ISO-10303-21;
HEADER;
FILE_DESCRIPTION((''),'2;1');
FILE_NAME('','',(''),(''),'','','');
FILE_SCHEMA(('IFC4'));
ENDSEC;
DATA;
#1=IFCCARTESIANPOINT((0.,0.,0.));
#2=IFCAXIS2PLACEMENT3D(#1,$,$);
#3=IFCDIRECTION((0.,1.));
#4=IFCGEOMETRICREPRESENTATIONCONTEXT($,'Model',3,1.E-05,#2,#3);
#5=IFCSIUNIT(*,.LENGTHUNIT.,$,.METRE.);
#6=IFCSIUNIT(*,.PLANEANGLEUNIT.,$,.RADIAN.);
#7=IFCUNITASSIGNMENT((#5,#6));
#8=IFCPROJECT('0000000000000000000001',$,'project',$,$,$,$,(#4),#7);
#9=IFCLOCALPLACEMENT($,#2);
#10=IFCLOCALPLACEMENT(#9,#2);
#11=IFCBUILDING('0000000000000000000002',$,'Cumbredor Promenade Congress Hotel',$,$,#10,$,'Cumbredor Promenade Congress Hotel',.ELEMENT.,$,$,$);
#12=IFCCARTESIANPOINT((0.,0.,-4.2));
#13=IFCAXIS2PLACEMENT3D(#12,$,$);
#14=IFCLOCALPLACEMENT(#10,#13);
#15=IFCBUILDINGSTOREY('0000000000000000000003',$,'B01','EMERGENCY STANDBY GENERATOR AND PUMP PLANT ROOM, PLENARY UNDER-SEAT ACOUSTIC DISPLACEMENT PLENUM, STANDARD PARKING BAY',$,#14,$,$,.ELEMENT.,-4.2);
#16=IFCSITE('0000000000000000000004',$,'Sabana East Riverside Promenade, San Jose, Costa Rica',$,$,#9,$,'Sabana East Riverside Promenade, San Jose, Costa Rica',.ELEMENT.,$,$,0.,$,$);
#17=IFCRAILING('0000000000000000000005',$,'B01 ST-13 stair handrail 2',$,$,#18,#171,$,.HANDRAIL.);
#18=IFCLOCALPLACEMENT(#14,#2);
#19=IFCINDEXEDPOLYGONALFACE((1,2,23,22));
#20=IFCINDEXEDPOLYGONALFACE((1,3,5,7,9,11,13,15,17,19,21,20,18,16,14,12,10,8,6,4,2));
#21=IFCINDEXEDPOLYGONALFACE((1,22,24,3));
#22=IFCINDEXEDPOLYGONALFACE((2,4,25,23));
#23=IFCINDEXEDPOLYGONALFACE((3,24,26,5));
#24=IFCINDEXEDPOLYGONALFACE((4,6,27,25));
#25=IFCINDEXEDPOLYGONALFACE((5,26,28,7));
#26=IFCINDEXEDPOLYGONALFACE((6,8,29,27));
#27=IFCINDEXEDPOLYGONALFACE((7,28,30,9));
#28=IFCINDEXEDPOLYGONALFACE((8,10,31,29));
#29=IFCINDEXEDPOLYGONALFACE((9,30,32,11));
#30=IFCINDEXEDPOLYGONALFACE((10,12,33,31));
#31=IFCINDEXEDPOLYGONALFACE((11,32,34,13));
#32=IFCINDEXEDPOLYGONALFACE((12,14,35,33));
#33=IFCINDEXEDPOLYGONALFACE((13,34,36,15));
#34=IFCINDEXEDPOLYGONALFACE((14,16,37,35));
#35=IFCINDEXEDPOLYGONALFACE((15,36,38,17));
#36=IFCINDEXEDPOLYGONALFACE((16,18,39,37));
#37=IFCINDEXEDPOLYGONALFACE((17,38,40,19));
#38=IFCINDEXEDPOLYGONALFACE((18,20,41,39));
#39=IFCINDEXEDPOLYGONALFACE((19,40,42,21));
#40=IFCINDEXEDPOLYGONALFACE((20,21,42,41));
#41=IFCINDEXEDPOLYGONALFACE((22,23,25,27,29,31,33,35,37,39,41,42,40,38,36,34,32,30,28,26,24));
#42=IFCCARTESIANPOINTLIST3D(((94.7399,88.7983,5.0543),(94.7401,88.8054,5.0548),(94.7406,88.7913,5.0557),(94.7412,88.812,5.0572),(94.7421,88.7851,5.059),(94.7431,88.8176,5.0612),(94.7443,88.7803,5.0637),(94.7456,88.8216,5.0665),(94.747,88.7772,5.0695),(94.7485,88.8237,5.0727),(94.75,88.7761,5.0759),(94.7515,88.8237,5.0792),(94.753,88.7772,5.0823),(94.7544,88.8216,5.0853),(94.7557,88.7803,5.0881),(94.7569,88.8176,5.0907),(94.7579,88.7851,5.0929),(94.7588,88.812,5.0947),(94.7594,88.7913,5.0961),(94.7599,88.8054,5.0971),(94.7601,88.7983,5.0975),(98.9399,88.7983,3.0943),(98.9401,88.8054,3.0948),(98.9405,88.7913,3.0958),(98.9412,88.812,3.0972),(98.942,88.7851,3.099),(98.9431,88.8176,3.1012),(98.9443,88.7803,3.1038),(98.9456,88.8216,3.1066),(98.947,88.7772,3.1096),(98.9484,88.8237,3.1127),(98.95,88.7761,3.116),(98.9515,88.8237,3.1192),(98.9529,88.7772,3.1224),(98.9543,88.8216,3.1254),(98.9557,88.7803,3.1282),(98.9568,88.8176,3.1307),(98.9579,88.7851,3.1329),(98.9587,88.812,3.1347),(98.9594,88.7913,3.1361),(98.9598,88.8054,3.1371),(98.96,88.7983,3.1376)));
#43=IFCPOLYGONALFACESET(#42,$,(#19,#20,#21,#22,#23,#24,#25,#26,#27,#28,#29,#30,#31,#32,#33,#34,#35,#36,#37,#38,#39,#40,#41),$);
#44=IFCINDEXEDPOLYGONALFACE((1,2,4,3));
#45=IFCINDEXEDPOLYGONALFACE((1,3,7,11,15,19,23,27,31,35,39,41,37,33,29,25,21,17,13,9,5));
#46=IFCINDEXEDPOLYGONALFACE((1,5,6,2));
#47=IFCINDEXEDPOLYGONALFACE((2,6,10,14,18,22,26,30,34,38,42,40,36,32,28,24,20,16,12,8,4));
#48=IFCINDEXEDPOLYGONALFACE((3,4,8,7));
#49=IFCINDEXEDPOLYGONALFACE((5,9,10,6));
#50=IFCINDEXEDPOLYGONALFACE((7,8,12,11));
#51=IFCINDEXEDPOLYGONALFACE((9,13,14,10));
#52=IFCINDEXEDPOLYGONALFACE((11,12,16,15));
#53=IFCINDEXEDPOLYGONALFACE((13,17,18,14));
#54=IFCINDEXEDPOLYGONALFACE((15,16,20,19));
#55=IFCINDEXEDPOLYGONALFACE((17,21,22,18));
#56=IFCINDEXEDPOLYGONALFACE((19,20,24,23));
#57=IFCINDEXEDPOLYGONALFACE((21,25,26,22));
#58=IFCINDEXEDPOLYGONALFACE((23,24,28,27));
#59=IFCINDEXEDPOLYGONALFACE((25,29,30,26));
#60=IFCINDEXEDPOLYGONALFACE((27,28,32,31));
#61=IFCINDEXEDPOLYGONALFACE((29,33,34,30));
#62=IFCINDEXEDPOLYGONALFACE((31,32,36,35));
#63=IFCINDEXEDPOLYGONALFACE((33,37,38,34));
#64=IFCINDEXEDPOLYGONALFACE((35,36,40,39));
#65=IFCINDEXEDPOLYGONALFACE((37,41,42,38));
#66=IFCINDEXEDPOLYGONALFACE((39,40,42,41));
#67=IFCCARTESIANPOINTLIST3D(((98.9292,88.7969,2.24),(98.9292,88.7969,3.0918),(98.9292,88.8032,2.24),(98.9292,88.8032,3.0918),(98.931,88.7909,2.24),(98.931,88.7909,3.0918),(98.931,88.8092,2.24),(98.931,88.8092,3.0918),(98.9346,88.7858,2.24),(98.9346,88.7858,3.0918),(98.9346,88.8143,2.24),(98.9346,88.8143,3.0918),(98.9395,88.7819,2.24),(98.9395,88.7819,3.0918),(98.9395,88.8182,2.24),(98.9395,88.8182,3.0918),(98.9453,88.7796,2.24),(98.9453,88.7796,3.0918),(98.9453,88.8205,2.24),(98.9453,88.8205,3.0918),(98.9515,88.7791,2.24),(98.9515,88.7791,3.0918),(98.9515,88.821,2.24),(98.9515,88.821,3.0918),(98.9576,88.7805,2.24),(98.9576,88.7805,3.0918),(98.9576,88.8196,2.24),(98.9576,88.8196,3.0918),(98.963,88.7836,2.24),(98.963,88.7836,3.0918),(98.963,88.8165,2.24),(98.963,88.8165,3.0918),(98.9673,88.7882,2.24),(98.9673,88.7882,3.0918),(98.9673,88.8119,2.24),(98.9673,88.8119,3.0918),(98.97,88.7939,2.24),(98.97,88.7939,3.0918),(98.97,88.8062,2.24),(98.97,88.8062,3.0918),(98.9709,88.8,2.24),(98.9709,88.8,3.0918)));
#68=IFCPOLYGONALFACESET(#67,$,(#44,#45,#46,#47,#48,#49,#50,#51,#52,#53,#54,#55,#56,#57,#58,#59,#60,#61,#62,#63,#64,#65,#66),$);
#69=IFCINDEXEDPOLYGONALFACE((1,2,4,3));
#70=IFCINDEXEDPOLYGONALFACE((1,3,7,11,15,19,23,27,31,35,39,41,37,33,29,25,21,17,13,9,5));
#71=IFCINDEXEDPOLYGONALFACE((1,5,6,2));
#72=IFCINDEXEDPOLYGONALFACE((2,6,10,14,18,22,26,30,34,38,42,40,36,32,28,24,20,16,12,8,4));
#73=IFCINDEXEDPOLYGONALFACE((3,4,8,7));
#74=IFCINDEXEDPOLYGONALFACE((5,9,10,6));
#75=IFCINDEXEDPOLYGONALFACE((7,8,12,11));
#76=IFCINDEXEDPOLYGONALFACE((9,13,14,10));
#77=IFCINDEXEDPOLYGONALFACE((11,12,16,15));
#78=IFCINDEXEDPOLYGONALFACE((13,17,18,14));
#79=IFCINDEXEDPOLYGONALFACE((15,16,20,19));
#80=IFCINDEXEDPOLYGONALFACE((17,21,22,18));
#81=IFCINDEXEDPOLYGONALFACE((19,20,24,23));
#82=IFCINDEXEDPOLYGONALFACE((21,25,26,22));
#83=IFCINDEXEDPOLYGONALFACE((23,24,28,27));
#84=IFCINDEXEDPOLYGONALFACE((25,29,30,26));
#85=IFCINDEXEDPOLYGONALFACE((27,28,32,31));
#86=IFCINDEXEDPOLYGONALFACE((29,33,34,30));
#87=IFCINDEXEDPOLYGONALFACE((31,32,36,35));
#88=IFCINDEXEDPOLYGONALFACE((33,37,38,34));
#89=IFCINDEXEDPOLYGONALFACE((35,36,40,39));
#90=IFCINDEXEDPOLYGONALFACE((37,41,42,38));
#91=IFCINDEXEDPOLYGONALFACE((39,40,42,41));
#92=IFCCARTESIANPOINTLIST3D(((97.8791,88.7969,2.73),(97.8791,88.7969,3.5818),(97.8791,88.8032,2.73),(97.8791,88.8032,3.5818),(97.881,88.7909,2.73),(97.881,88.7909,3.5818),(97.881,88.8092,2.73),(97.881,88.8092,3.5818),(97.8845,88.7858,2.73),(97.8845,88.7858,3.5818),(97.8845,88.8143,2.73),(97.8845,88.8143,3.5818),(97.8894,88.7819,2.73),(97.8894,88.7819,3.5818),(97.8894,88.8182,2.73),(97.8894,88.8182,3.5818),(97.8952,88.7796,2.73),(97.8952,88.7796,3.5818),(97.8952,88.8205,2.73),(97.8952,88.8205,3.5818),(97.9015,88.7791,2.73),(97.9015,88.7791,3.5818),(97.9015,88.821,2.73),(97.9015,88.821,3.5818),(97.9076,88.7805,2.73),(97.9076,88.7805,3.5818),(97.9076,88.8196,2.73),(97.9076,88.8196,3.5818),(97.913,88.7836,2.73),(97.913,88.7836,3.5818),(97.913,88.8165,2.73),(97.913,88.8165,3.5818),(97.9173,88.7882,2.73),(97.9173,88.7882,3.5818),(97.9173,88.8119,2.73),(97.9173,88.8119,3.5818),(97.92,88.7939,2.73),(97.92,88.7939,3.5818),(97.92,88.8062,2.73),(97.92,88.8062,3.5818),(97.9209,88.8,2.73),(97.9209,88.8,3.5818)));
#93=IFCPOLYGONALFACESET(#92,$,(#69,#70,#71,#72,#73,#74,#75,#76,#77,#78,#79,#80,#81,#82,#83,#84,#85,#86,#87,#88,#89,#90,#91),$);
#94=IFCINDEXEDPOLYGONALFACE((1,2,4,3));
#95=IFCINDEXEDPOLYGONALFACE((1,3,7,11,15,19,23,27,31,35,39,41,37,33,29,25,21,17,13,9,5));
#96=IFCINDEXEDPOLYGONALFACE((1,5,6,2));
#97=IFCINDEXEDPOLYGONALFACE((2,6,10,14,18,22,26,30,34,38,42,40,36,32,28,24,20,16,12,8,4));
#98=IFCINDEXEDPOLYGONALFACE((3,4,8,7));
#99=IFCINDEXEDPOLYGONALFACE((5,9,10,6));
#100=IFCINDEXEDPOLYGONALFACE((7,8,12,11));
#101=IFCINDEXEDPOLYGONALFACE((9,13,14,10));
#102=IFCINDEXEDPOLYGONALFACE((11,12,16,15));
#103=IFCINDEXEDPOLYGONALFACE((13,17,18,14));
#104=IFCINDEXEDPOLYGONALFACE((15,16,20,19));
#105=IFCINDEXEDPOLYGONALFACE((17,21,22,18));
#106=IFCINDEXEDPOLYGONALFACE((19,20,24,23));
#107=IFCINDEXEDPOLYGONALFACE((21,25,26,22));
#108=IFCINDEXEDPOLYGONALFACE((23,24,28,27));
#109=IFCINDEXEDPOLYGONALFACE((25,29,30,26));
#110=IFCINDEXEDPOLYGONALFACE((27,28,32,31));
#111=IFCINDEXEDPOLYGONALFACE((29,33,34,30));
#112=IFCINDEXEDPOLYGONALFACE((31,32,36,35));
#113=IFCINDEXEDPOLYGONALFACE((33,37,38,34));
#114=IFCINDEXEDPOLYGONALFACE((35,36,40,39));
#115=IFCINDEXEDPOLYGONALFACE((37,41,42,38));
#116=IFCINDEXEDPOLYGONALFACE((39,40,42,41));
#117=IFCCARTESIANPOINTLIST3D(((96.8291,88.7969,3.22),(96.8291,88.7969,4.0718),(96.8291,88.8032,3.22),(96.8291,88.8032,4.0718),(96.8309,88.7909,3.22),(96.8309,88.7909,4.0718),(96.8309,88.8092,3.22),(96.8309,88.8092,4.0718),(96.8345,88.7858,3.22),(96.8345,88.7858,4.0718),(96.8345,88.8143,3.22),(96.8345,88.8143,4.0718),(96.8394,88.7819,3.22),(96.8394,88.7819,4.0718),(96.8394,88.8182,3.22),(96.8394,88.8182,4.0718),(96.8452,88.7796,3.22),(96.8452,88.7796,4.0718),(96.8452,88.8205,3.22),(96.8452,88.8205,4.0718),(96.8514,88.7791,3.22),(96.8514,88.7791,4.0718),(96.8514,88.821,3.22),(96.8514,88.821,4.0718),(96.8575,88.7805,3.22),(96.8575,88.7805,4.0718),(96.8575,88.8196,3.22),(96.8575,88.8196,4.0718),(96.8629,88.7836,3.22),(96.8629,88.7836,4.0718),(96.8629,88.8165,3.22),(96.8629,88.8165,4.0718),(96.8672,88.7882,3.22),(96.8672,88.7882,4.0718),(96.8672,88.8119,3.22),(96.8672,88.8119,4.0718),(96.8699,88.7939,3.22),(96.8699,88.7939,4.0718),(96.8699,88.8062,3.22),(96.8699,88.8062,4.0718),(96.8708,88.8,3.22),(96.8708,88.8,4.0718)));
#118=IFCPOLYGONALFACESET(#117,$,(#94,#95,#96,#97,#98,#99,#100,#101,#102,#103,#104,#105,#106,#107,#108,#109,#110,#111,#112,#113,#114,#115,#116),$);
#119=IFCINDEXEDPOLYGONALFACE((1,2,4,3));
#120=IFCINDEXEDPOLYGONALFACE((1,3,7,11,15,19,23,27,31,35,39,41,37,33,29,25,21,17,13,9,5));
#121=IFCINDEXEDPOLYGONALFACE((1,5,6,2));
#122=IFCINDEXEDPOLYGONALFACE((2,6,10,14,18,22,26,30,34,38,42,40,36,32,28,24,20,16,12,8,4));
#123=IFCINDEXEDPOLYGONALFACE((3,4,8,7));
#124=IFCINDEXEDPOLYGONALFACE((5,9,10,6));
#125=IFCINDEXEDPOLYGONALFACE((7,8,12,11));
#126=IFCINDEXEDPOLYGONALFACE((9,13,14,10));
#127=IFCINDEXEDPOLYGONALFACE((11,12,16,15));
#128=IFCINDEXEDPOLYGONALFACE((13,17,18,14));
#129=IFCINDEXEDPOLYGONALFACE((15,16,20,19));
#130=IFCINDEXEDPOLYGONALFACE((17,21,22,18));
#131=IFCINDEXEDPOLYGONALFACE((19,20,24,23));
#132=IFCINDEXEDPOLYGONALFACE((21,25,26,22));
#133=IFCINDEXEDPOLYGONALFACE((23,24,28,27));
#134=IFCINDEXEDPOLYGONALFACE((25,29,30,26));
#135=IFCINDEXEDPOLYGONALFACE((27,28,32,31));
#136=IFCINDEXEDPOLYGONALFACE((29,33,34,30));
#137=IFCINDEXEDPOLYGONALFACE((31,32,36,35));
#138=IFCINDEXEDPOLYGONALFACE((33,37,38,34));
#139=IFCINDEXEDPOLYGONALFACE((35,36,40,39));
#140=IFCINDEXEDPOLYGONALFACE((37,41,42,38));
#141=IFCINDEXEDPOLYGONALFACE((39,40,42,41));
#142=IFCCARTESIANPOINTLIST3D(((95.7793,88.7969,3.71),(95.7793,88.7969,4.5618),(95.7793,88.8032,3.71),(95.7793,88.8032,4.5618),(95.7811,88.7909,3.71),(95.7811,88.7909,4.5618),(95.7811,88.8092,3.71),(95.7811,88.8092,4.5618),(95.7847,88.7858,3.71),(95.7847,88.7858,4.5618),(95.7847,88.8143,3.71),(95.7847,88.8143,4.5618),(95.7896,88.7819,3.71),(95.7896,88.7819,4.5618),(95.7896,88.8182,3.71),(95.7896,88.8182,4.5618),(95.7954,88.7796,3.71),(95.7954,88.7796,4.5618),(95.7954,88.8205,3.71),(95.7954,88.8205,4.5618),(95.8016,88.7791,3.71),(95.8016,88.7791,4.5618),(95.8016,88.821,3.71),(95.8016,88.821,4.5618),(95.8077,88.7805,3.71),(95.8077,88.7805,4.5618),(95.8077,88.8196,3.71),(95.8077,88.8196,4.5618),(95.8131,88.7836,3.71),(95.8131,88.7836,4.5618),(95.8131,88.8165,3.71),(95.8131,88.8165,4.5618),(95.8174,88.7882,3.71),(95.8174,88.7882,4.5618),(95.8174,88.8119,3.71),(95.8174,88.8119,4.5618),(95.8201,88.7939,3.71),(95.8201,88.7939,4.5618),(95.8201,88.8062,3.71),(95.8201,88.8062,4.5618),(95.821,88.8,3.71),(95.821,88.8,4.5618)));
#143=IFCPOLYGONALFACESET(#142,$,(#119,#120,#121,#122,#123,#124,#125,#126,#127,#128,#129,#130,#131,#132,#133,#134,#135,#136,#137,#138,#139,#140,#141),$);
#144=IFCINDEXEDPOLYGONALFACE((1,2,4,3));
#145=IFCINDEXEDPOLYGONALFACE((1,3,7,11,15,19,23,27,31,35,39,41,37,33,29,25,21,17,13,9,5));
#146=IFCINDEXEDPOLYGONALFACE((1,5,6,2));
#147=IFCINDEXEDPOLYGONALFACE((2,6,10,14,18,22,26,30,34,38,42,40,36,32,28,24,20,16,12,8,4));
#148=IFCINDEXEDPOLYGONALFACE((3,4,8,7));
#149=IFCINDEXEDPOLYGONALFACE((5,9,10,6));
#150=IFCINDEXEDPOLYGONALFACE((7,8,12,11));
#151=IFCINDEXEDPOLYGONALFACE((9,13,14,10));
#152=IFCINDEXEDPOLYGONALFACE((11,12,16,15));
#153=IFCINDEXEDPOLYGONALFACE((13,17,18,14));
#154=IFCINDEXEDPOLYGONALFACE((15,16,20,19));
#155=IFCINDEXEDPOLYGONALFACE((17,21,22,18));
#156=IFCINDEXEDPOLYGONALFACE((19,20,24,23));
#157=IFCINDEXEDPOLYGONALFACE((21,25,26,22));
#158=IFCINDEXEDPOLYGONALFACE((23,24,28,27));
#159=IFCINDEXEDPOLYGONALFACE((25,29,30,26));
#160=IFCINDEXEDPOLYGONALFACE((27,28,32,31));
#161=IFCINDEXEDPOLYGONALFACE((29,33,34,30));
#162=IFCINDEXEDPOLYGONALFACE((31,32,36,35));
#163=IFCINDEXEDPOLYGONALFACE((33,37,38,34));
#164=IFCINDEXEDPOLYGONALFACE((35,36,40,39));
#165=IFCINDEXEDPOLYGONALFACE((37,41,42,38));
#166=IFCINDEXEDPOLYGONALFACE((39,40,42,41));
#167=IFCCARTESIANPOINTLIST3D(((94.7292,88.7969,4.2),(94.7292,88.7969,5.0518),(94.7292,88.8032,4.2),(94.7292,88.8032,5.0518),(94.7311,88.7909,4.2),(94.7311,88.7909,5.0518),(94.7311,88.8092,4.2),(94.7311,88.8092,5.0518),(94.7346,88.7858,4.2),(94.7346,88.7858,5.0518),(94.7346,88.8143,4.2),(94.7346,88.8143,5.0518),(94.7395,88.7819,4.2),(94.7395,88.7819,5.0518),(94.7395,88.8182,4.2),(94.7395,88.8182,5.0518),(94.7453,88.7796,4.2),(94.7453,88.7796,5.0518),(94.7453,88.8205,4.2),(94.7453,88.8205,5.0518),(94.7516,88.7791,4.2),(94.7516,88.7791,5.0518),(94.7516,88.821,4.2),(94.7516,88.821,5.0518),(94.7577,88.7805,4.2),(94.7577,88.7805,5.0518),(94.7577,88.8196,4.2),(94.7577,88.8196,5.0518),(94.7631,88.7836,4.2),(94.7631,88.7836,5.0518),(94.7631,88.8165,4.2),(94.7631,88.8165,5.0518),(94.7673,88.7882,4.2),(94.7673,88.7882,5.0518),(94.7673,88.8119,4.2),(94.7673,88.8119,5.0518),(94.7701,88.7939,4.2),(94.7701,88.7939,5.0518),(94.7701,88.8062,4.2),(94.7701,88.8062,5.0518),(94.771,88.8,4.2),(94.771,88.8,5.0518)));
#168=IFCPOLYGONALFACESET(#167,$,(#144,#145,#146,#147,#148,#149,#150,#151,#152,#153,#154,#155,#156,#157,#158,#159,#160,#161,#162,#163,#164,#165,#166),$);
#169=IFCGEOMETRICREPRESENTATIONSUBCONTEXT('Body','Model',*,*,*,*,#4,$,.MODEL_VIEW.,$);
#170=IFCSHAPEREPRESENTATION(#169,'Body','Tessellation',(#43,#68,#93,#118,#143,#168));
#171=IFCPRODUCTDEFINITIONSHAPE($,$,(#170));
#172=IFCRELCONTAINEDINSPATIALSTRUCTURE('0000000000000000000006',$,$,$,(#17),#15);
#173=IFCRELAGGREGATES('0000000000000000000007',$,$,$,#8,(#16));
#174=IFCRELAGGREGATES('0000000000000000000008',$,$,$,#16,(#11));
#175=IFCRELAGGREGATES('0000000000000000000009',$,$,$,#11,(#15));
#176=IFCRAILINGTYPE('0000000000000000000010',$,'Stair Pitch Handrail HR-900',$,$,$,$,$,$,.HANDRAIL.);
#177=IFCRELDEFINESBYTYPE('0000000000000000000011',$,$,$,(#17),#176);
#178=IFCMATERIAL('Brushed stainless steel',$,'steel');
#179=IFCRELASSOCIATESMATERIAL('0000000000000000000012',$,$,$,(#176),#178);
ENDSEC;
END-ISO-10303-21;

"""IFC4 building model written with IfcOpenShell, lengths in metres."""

from ifc_helpers import new_model, si_unit, direction, frame, origin, origin_2d, place, context, subcontext, project, spatial, circle, extrude, material, type_object, element, save


model = new_model("IFC4")

# Units and contexts
model_context = context("Model", 3, precision=1e-05, world=origin(), true_north=direction((0.0, 1.0)))
body_context = subcontext(model_context, "Body", "Model", "MODEL_VIEW")
ifc_project = project(units=[si_unit("LENGTHUNIT", "METRE"), si_unit("PLANEANGLEUNIT", "RADIAN")], contexts=[model_context])

# Site, building, storey
site_placement = place(None, origin())
site = spatial("IfcSite", under=ifc_project, at=site_placement, Name="Sabana East Riverside Promenade, San Jose, Costa Rica", LongName="Sabana East Riverside Promenade, San Jose, Costa Rica", CompositionType="ELEMENT", RefElevation=0.0)
building_placement = place(site_placement, origin())
building = spatial("IfcBuilding", under=site, at=building_placement, Name="Cumbredor Promenade Congress Hotel", LongName="Cumbredor Promenade Congress Hotel", CompositionType="ELEMENT")
storey_placement = place(building_placement, frame((0.0, 0.0, -4.2)))
storey = spatial("IfcBuildingStorey", under=building, at=storey_placement, Name="B01", Description="EMERGENCY STANDBY GENERATOR AND PUMP PLANT ROOM, PLENARY UNDER-SEAT ACOUSTIC DISPLACEMENT PLENUM, STANDARD PARKING BAY", CompositionType="ELEMENT", Elevation=-4.2)

# Shared definitions
ifc_material_1 = material(Name="Brushed stainless steel", Category="steel")

# Railing
railing_type_1 = type_object("IfcRailingType", Name="Stair Pitch Handrail HR-900", PredefinedType="HANDRAIL", material=ifc_material_1)
railing_1_placement = place(storey_placement, frame((98.95, 88.8, 2.24)))
element("IfcRailing", 1, at=railing_1_placement, inside=storey, type_object=railing_type_1, Name="B01 ST-13 stair handrail 2", PredefinedType="HANDRAIL", context=body_context, shape_type="SweptSolid", body=[
    extrude(circle(Radius=0.0239, at=origin_2d()), frame((0.0, 0.0, 0.876), z_axis=(-0.906184, 0.0, 0.422883), x_axis=(0.0, -1.0, 0.0)), (0.0, 0.0, 1.0), 4.6348),
    extrude(circle(Radius=0.021, at=origin_2d()), origin(), (0.0, 0.0, 1.0), 0.8518),
    extrude(circle(Radius=0.021, at=origin_2d()), frame((-1.05, 0.0, 0.49)), (0.0, 0.0, 1.0), 0.8518),
    extrude(circle(Radius=0.021, at=origin_2d()), frame((-2.1001, 0.0, 0.98)), (0.0, 0.0, 1.0), 0.8518),
    extrude(circle(Radius=0.021, at=origin_2d()), frame((-3.1499, 0.0, 1.47)), (0.0, 0.0, 1.0), 0.8518),
    extrude(circle(Radius=0.021, at=origin_2d()), frame((-4.2, 0.0, 1.96)), (0.0, 0.0, 1.0), 0.8518),
])

save(model, "model.ifc")
